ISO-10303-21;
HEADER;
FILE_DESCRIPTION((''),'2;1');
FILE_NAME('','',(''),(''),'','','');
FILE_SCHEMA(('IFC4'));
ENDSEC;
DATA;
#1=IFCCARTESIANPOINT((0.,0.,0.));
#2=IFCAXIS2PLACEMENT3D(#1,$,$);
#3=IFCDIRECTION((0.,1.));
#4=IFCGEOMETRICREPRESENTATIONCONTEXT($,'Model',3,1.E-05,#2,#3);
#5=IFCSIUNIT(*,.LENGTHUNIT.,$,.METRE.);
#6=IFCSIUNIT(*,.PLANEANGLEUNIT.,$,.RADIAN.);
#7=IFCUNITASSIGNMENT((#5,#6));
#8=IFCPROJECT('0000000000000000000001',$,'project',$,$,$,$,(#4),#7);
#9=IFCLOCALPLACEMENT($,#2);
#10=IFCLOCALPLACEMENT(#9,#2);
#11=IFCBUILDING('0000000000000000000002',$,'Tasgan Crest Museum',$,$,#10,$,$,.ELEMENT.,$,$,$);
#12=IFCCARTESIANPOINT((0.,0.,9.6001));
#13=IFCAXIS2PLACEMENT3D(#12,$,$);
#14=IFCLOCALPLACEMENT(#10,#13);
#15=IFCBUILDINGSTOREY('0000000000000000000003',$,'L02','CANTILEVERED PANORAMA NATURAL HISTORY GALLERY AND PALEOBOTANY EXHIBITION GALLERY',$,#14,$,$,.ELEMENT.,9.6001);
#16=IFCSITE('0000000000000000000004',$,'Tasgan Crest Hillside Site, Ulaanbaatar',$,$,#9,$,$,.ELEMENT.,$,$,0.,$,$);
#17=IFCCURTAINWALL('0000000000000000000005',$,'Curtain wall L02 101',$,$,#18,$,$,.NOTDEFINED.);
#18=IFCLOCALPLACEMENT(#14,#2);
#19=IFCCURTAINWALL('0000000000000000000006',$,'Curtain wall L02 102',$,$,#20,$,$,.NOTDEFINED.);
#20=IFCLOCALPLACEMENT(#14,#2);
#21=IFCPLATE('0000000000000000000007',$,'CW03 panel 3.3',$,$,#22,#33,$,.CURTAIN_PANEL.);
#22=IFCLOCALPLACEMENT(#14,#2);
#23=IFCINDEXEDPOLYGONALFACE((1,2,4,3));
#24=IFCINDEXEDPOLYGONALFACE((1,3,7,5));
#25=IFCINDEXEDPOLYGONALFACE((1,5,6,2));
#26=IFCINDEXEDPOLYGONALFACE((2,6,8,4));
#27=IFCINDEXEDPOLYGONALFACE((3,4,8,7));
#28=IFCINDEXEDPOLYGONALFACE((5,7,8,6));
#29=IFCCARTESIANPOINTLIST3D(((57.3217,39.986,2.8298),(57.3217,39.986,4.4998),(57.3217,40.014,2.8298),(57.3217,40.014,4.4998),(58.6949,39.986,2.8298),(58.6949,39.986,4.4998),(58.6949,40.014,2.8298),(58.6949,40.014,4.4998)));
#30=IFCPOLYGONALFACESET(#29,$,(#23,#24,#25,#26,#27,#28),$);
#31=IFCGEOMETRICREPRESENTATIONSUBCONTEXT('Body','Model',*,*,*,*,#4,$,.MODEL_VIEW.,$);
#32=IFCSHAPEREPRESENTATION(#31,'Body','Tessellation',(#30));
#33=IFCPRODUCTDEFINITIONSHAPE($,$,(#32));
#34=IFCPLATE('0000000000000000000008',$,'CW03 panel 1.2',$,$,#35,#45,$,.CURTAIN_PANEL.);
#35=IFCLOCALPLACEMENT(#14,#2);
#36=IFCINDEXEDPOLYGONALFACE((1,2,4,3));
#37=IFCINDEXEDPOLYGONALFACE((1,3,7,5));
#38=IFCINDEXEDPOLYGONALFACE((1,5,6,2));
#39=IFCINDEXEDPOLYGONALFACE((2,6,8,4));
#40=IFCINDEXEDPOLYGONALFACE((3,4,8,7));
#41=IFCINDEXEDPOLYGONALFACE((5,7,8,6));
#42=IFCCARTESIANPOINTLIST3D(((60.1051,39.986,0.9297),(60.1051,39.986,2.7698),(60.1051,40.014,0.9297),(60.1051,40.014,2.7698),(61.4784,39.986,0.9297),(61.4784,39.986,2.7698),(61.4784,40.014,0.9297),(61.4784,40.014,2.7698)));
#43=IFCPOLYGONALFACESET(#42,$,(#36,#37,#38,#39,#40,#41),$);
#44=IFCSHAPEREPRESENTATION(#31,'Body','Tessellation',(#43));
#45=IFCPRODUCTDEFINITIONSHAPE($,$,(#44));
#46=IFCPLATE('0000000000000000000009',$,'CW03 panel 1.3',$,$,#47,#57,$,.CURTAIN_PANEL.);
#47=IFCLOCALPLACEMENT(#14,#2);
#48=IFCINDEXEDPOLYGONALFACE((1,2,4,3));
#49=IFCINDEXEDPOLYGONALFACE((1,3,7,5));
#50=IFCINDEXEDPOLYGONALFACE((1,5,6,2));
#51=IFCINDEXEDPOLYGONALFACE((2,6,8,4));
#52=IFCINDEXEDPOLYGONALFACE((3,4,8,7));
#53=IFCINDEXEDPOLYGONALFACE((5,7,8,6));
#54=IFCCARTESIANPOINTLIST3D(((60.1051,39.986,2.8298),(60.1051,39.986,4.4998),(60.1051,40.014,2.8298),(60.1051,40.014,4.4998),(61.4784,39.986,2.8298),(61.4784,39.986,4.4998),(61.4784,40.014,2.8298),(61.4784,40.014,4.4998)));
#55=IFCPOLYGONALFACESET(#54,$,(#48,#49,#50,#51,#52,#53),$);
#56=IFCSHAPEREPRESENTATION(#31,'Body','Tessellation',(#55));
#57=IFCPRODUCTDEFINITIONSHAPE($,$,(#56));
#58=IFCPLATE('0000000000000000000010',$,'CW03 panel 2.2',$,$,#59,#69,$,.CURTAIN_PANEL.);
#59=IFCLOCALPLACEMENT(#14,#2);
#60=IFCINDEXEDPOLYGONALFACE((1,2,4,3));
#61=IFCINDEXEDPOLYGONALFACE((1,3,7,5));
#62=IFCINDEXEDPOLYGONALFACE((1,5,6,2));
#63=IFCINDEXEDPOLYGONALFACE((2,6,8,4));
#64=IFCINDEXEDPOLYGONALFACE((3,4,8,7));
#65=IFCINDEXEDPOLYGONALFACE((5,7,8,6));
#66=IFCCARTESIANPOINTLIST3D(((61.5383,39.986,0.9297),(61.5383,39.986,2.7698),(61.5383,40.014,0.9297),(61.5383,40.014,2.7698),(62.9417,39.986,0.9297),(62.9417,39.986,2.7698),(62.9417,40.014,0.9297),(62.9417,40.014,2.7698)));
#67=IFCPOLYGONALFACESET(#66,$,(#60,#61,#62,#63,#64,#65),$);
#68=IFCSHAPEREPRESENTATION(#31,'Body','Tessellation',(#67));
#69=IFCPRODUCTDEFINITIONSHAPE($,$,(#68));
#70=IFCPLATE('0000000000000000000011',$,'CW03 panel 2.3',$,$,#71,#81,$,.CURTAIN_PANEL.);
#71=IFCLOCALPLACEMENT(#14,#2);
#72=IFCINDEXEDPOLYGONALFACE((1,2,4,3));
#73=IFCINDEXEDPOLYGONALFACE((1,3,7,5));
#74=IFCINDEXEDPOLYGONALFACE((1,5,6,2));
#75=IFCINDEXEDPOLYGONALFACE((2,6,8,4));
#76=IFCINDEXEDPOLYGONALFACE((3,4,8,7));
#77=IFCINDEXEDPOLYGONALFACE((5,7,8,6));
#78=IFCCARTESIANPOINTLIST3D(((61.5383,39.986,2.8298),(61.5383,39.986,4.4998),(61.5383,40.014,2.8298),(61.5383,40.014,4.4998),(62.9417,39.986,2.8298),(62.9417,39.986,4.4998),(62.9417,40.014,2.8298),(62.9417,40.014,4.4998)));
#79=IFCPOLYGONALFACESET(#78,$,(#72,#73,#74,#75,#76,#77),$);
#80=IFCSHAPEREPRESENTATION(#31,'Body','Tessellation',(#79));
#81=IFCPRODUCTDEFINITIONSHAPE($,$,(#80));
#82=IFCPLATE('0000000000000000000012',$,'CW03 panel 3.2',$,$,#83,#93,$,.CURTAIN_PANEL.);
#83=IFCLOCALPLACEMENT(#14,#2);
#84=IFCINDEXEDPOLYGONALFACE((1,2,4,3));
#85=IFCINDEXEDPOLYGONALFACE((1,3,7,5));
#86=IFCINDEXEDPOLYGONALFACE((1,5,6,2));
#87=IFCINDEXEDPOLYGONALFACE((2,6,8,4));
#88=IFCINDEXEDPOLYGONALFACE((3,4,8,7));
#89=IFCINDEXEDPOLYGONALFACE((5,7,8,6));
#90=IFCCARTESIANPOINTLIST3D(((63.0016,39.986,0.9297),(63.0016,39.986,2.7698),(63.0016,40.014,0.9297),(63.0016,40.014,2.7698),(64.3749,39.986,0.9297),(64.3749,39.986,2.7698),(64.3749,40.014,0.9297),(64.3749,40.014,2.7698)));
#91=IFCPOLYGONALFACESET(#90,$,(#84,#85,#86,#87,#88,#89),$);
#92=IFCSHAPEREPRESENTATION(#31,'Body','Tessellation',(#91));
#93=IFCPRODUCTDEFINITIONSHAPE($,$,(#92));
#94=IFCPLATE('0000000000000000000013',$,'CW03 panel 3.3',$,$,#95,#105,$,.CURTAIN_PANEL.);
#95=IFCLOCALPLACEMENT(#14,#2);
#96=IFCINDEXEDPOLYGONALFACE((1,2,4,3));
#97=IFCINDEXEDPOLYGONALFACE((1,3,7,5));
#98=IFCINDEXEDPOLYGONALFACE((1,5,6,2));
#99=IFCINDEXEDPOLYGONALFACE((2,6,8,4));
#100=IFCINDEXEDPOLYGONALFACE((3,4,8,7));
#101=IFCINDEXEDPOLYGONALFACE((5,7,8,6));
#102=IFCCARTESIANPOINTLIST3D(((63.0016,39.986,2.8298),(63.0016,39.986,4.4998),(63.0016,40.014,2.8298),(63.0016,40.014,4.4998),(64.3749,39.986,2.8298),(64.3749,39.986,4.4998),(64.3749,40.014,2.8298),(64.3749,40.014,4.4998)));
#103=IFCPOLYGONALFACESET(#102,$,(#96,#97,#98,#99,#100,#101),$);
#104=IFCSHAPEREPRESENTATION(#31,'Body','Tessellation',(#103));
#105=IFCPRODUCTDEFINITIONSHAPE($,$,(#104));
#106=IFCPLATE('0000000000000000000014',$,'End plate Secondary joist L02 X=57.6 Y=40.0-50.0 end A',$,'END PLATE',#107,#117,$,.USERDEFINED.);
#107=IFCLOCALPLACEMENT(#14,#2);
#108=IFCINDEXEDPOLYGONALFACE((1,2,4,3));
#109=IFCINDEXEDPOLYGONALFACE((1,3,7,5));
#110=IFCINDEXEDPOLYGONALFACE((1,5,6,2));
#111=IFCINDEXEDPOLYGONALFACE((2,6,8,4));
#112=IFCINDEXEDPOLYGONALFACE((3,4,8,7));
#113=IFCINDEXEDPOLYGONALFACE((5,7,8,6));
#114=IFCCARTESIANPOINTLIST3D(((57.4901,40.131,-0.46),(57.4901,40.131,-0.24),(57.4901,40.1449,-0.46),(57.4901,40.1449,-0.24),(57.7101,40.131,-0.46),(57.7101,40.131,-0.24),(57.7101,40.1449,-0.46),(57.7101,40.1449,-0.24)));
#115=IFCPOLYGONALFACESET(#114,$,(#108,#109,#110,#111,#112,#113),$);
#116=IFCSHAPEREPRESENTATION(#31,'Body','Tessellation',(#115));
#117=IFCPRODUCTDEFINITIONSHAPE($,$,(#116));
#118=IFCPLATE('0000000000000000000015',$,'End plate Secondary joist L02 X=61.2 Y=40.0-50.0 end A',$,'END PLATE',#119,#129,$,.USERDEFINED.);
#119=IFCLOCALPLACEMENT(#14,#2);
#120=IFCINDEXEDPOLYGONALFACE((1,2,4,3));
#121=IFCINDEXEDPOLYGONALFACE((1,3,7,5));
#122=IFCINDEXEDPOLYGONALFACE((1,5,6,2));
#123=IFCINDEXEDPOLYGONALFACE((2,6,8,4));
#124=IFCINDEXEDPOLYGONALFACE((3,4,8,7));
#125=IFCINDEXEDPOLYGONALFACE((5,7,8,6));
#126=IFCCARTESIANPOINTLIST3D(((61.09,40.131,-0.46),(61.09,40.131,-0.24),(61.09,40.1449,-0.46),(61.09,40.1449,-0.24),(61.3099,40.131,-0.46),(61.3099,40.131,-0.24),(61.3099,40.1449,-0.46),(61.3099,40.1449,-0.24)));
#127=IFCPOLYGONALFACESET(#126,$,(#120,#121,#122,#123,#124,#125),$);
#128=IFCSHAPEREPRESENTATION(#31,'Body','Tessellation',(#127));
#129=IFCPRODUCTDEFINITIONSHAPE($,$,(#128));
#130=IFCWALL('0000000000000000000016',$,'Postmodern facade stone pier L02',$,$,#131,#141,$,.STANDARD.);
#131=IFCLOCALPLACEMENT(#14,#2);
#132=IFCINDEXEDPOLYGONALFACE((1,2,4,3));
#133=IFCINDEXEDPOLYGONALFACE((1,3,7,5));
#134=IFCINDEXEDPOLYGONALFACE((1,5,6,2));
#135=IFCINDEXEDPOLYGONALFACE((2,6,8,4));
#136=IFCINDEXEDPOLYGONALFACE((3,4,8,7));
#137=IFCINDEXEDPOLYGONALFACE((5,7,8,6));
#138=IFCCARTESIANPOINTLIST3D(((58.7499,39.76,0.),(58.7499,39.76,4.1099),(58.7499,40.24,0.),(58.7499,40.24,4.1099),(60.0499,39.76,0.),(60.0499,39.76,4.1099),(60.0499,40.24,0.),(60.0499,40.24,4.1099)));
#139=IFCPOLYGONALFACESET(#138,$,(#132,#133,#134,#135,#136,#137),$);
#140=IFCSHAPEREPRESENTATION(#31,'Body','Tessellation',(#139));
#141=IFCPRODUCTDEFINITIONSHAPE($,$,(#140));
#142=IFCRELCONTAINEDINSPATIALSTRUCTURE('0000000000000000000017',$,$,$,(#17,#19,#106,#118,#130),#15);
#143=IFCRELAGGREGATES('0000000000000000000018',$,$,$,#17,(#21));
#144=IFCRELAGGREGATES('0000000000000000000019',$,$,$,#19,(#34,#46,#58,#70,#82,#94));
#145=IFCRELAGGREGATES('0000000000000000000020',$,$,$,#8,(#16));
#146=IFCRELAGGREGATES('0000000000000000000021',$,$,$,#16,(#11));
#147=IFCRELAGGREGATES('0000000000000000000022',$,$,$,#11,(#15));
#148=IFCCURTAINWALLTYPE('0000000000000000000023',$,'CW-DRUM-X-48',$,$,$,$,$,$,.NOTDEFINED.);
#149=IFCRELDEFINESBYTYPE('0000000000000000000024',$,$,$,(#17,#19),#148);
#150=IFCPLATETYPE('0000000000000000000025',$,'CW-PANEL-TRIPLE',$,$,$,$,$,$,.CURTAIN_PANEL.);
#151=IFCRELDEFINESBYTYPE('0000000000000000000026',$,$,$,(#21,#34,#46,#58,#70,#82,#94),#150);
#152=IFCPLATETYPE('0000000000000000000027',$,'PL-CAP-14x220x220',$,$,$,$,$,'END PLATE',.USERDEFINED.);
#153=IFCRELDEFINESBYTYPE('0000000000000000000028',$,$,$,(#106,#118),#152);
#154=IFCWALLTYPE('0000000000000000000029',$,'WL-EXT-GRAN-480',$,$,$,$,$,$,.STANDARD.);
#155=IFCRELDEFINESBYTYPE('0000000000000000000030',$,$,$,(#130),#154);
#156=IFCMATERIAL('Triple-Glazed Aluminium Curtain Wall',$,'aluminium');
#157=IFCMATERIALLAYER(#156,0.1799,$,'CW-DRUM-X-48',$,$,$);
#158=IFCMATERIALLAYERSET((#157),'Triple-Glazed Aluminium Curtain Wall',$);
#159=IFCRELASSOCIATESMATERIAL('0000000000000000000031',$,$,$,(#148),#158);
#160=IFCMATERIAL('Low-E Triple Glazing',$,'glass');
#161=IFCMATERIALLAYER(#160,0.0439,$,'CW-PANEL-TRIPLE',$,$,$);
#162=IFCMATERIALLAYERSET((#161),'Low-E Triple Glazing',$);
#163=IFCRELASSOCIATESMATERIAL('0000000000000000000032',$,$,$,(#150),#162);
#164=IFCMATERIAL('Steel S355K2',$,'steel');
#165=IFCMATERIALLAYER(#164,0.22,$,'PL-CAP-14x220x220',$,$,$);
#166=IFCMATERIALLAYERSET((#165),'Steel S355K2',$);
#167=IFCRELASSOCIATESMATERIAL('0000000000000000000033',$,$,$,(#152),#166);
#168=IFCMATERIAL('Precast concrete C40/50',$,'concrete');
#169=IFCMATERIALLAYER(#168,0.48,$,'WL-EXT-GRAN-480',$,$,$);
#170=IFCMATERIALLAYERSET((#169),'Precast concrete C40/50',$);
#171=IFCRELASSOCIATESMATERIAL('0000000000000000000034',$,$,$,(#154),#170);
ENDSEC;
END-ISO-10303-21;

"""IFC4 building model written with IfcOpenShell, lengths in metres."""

from ifc_helpers import new_model, si_unit, direction, frame, frame_2d, origin, origin_2d, place, context, subcontext, project, spatial, rectangle, extrude, material, layer, layer_set, type_object, element, aggregate, save


model = new_model("IFC4")

# Units and contexts
model_context = context("Model", 3, precision=1e-05, world=origin(), true_north=direction((0.0, 1.0)))
body_context = subcontext(model_context, "Body", "Model", "MODEL_VIEW")
ifc_project = project(units=[si_unit("LENGTHUNIT", "METRE"), si_unit("PLANEANGLEUNIT", "RADIAN")], contexts=[model_context])

# Site, building, storey
site_placement = place(None, origin())
site = spatial("IfcSite", under=ifc_project, at=site_placement, Name="Tasgan Crest Hillside Site, Ulaanbaatar", CompositionType="ELEMENT", RefElevation=0.0)
building_placement = place(site_placement, origin())
building = spatial("IfcBuilding", under=site, at=building_placement, Name="Tasgan Crest Museum", CompositionType="ELEMENT")
storey_placement = place(building_placement, frame((0.0, 0.0, 9.6001)))
storey = spatial("IfcBuildingStorey", under=building, at=storey_placement, Name="L02", Description="CANTILEVERED PANORAMA NATURAL HISTORY GALLERY AND PALEOBOTANY EXHIBITION GALLERY", CompositionType="ELEMENT", Elevation=9.6001)

# Curtain walls
ifc_material_1 = material(Name="Triple-Glazed Aluminium Curtain Wall", Category="aluminium")
ifc_layer_1 = layer(ifc_material_1, 0.1799, Name="CW-DRUM-X-48")
ifc_layer_set_1 = layer_set([ifc_layer_1], Name="Triple-Glazed Aluminium Curtain Wall")
curtain_wall_type = type_object("IfcCurtainWallType", Name="CW-DRUM-X-48", PredefinedType="NOTDEFINED", material=ifc_layer_set_1)
curtain_wall_1_placement = place(storey_placement, origin())
curtain_wall_1 = element("IfcCurtainWall", 1, at=curtain_wall_1_placement, inside=storey, type_object=curtain_wall_type, Name="Curtain wall L02 101", PredefinedType="NOTDEFINED")
curtain_wall_2_placement = place(storey_placement, origin())
curtain_wall_2 = element("IfcCurtainWall", 2, at=curtain_wall_2_placement, inside=storey, type_object=curtain_wall_type, Name="Curtain wall L02 102", PredefinedType="NOTDEFINED")

# Plates
ifc_material_2 = material(Name="Low-E Triple Glazing", Category="glass")
ifc_layer_2 = layer(ifc_material_2, 0.0439, Name="CW-PANEL-TRIPLE")
ifc_layer_set_2 = layer_set([ifc_layer_2], Name="Low-E Triple Glazing")
plate_type_1 = type_object("IfcPlateType", Name="CW-PANEL-TRIPLE", PredefinedType="CURTAIN_PANEL", material=ifc_layer_set_2)
plate_1_placement = place(storey_placement, frame((58.0083, 40.0, 2.8298), z_axis=(0.0, 0.0, 1.0), x_axis=(1.0, 0.0, 0.0)))
plate_1 = element("IfcPlate", 3, at=plate_1_placement, type_object=plate_type_1, Name="CW03 panel 3.3", PredefinedType="CURTAIN_PANEL", context=body_context, shape_type="SweptSolid", body=[
    extrude(rectangle(XDim=1.3733, YDim=0.0281, at=origin_2d()), origin(), (0.0, 0.0, 1.0), 1.6699),
])
aggregate(curtain_wall_1, [plate_1])
plate_2_placement = place(storey_placement, frame((60.7917, 40.0, 0.9297), z_axis=(0.0, 0.0, 1.0), x_axis=(1.0, 0.0, 0.0)))
plate_2 = element("IfcPlate", 4, at=plate_2_placement, type_object=plate_type_1, Name="CW03 panel 1.2", PredefinedType="CURTAIN_PANEL", context=body_context, shape_type="SweptSolid", body=[
    extrude(rectangle(XDim=1.3733, YDim=0.0281, at=origin_2d()), origin(), (0.0, 0.0, 1.0), 1.8401),
])
plate_3_placement = place(storey_placement, frame((60.7917, 40.0, 2.8298), z_axis=(0.0, 0.0, 1.0), x_axis=(1.0, 0.0, 0.0)))
plate_3 = element("IfcPlate", 5, at=plate_3_placement, type_object=plate_type_1, Name="CW03 panel 1.3", PredefinedType="CURTAIN_PANEL", context=body_context, shape_type="SweptSolid", body=[
    extrude(rectangle(XDim=1.3733, YDim=0.0281, at=origin_2d()), origin(), (0.0, 0.0, 1.0), 1.6699),
])
plate_4_placement = place(storey_placement, frame((62.24, 40.0, 0.9297), z_axis=(0.0, 0.0, 1.0), x_axis=(1.0, 0.0, 0.0)))
plate_4 = element("IfcPlate", 6, at=plate_4_placement, type_object=plate_type_1, Name="CW03 panel 2.2", PredefinedType="CURTAIN_PANEL", context=body_context, shape_type="SweptSolid", body=[
    extrude(rectangle(XDim=1.4033, YDim=0.0281, at=origin_2d()), origin(), (0.0, 0.0, 1.0), 1.8401),
])
plate_5_placement = place(storey_placement, frame((62.24, 40.0, 2.8298), z_axis=(0.0, 0.0, 1.0), x_axis=(1.0, 0.0, 0.0)))
plate_5 = element("IfcPlate", 7, at=plate_5_placement, type_object=plate_type_1, Name="CW03 panel 2.3", PredefinedType="CURTAIN_PANEL", context=body_context, shape_type="SweptSolid", body=[
    extrude(rectangle(XDim=1.4033, YDim=0.0281, at=origin_2d()), origin(), (0.0, 0.0, 1.0), 1.6699),
])
plate_6_placement = place(storey_placement, frame((63.6882, 40.0, 0.9297), z_axis=(0.0, 0.0, 1.0), x_axis=(1.0, 0.0, 0.0)))
plate_6 = element("IfcPlate", 8, at=plate_6_placement, type_object=plate_type_1, Name="CW03 panel 3.2", PredefinedType="CURTAIN_PANEL", context=body_context, shape_type="SweptSolid", body=[
    extrude(rectangle(XDim=1.3733, YDim=0.0281, at=origin_2d()), origin(), (0.0, 0.0, 1.0), 1.8401),
])
plate_7_placement = place(storey_placement, frame((63.6882, 40.0, 2.8298), z_axis=(0.0, 0.0, 1.0), x_axis=(1.0, 0.0, 0.0)))
plate_7 = element("IfcPlate", 9, at=plate_7_placement, type_object=plate_type_1, Name="CW03 panel 3.3", PredefinedType="CURTAIN_PANEL", context=body_context, shape_type="SweptSolid", body=[
    extrude(rectangle(XDim=1.3733, YDim=0.0281, at=origin_2d()), origin(), (0.0, 0.0, 1.0), 1.6699),
])
aggregate(curtain_wall_2, [plate_2, plate_3, plate_4, plate_5, plate_6, plate_7])

# Plates
ifc_material_3 = material(Name="Steel S355K2", Category="steel")
ifc_layer_3 = layer(ifc_material_3, 0.22, Name="PL-CAP-14x220x220")
ifc_layer_set_3 = layer_set([ifc_layer_3], Name="Steel S355K2")
plate_type_2 = type_object("IfcPlateType", Name="PL-CAP-14x220x220", ElementType="END PLATE", PredefinedType="USERDEFINED", material=ifc_layer_set_3)
for number, where, z_axis, x_axis, name in (
    (10, (57.6001, 40.1379, -0.46), (0.0, 0.0, 1.0), (0.0, 1.0, 0.0), "End plate Secondary joist L02 X=57.6 Y=40.0-50.0 end A"),
    (11, (61.2, 40.1379, -0.46), (0.0, 0.0, 1.0), (0.0, 1.0, 0.0), "End plate Secondary joist L02 X=61.2 Y=40.0-50.0 end A"),
):
    element("IfcPlate", number, at=place(storey_placement, frame(where, z_axis=z_axis, x_axis=x_axis)), inside=storey, type_object=plate_type_2, Name=name, ObjectType="END PLATE", PredefinedType="USERDEFINED", context=body_context, shape_type="SweptSolid", body=[
        extrude(rectangle(XDim=0.0139, YDim=0.22, at=origin_2d()), origin(), (0.0, 0.0, 1.0), 0.22),
    ])

# Wall
ifc_material_4 = material(Name="Precast concrete C40/50", Category="concrete")
ifc_layer_4 = layer(ifc_material_4, 0.48, Name="WL-EXT-GRAN-480")
ifc_layer_set_4 = layer_set([ifc_layer_4], Name="Precast concrete C40/50")
wall_type = type_object("IfcWallType", Name="WL-EXT-GRAN-480", PredefinedType="STANDARD", material=ifc_layer_set_4)
wall_placement = place(storey_placement, frame((58.75, 40.0, 0.0), z_axis=(0.0, 0.0, 1.0), x_axis=(1.0, 0.0, 0.0)))
element("IfcWall", 12, at=wall_placement, inside=storey, type_object=wall_type, Name="Postmodern facade stone pier L02", PredefinedType="STANDARD", context=body_context, shape_type="SweptSolid", body=[
    extrude(rectangle(XDim=1.3, YDim=0.48, at=frame_2d((0.6499, 0.0))), origin(), (0.0, 0.0, 1.0), 4.1099),
])

save(model, "model.ifc")
